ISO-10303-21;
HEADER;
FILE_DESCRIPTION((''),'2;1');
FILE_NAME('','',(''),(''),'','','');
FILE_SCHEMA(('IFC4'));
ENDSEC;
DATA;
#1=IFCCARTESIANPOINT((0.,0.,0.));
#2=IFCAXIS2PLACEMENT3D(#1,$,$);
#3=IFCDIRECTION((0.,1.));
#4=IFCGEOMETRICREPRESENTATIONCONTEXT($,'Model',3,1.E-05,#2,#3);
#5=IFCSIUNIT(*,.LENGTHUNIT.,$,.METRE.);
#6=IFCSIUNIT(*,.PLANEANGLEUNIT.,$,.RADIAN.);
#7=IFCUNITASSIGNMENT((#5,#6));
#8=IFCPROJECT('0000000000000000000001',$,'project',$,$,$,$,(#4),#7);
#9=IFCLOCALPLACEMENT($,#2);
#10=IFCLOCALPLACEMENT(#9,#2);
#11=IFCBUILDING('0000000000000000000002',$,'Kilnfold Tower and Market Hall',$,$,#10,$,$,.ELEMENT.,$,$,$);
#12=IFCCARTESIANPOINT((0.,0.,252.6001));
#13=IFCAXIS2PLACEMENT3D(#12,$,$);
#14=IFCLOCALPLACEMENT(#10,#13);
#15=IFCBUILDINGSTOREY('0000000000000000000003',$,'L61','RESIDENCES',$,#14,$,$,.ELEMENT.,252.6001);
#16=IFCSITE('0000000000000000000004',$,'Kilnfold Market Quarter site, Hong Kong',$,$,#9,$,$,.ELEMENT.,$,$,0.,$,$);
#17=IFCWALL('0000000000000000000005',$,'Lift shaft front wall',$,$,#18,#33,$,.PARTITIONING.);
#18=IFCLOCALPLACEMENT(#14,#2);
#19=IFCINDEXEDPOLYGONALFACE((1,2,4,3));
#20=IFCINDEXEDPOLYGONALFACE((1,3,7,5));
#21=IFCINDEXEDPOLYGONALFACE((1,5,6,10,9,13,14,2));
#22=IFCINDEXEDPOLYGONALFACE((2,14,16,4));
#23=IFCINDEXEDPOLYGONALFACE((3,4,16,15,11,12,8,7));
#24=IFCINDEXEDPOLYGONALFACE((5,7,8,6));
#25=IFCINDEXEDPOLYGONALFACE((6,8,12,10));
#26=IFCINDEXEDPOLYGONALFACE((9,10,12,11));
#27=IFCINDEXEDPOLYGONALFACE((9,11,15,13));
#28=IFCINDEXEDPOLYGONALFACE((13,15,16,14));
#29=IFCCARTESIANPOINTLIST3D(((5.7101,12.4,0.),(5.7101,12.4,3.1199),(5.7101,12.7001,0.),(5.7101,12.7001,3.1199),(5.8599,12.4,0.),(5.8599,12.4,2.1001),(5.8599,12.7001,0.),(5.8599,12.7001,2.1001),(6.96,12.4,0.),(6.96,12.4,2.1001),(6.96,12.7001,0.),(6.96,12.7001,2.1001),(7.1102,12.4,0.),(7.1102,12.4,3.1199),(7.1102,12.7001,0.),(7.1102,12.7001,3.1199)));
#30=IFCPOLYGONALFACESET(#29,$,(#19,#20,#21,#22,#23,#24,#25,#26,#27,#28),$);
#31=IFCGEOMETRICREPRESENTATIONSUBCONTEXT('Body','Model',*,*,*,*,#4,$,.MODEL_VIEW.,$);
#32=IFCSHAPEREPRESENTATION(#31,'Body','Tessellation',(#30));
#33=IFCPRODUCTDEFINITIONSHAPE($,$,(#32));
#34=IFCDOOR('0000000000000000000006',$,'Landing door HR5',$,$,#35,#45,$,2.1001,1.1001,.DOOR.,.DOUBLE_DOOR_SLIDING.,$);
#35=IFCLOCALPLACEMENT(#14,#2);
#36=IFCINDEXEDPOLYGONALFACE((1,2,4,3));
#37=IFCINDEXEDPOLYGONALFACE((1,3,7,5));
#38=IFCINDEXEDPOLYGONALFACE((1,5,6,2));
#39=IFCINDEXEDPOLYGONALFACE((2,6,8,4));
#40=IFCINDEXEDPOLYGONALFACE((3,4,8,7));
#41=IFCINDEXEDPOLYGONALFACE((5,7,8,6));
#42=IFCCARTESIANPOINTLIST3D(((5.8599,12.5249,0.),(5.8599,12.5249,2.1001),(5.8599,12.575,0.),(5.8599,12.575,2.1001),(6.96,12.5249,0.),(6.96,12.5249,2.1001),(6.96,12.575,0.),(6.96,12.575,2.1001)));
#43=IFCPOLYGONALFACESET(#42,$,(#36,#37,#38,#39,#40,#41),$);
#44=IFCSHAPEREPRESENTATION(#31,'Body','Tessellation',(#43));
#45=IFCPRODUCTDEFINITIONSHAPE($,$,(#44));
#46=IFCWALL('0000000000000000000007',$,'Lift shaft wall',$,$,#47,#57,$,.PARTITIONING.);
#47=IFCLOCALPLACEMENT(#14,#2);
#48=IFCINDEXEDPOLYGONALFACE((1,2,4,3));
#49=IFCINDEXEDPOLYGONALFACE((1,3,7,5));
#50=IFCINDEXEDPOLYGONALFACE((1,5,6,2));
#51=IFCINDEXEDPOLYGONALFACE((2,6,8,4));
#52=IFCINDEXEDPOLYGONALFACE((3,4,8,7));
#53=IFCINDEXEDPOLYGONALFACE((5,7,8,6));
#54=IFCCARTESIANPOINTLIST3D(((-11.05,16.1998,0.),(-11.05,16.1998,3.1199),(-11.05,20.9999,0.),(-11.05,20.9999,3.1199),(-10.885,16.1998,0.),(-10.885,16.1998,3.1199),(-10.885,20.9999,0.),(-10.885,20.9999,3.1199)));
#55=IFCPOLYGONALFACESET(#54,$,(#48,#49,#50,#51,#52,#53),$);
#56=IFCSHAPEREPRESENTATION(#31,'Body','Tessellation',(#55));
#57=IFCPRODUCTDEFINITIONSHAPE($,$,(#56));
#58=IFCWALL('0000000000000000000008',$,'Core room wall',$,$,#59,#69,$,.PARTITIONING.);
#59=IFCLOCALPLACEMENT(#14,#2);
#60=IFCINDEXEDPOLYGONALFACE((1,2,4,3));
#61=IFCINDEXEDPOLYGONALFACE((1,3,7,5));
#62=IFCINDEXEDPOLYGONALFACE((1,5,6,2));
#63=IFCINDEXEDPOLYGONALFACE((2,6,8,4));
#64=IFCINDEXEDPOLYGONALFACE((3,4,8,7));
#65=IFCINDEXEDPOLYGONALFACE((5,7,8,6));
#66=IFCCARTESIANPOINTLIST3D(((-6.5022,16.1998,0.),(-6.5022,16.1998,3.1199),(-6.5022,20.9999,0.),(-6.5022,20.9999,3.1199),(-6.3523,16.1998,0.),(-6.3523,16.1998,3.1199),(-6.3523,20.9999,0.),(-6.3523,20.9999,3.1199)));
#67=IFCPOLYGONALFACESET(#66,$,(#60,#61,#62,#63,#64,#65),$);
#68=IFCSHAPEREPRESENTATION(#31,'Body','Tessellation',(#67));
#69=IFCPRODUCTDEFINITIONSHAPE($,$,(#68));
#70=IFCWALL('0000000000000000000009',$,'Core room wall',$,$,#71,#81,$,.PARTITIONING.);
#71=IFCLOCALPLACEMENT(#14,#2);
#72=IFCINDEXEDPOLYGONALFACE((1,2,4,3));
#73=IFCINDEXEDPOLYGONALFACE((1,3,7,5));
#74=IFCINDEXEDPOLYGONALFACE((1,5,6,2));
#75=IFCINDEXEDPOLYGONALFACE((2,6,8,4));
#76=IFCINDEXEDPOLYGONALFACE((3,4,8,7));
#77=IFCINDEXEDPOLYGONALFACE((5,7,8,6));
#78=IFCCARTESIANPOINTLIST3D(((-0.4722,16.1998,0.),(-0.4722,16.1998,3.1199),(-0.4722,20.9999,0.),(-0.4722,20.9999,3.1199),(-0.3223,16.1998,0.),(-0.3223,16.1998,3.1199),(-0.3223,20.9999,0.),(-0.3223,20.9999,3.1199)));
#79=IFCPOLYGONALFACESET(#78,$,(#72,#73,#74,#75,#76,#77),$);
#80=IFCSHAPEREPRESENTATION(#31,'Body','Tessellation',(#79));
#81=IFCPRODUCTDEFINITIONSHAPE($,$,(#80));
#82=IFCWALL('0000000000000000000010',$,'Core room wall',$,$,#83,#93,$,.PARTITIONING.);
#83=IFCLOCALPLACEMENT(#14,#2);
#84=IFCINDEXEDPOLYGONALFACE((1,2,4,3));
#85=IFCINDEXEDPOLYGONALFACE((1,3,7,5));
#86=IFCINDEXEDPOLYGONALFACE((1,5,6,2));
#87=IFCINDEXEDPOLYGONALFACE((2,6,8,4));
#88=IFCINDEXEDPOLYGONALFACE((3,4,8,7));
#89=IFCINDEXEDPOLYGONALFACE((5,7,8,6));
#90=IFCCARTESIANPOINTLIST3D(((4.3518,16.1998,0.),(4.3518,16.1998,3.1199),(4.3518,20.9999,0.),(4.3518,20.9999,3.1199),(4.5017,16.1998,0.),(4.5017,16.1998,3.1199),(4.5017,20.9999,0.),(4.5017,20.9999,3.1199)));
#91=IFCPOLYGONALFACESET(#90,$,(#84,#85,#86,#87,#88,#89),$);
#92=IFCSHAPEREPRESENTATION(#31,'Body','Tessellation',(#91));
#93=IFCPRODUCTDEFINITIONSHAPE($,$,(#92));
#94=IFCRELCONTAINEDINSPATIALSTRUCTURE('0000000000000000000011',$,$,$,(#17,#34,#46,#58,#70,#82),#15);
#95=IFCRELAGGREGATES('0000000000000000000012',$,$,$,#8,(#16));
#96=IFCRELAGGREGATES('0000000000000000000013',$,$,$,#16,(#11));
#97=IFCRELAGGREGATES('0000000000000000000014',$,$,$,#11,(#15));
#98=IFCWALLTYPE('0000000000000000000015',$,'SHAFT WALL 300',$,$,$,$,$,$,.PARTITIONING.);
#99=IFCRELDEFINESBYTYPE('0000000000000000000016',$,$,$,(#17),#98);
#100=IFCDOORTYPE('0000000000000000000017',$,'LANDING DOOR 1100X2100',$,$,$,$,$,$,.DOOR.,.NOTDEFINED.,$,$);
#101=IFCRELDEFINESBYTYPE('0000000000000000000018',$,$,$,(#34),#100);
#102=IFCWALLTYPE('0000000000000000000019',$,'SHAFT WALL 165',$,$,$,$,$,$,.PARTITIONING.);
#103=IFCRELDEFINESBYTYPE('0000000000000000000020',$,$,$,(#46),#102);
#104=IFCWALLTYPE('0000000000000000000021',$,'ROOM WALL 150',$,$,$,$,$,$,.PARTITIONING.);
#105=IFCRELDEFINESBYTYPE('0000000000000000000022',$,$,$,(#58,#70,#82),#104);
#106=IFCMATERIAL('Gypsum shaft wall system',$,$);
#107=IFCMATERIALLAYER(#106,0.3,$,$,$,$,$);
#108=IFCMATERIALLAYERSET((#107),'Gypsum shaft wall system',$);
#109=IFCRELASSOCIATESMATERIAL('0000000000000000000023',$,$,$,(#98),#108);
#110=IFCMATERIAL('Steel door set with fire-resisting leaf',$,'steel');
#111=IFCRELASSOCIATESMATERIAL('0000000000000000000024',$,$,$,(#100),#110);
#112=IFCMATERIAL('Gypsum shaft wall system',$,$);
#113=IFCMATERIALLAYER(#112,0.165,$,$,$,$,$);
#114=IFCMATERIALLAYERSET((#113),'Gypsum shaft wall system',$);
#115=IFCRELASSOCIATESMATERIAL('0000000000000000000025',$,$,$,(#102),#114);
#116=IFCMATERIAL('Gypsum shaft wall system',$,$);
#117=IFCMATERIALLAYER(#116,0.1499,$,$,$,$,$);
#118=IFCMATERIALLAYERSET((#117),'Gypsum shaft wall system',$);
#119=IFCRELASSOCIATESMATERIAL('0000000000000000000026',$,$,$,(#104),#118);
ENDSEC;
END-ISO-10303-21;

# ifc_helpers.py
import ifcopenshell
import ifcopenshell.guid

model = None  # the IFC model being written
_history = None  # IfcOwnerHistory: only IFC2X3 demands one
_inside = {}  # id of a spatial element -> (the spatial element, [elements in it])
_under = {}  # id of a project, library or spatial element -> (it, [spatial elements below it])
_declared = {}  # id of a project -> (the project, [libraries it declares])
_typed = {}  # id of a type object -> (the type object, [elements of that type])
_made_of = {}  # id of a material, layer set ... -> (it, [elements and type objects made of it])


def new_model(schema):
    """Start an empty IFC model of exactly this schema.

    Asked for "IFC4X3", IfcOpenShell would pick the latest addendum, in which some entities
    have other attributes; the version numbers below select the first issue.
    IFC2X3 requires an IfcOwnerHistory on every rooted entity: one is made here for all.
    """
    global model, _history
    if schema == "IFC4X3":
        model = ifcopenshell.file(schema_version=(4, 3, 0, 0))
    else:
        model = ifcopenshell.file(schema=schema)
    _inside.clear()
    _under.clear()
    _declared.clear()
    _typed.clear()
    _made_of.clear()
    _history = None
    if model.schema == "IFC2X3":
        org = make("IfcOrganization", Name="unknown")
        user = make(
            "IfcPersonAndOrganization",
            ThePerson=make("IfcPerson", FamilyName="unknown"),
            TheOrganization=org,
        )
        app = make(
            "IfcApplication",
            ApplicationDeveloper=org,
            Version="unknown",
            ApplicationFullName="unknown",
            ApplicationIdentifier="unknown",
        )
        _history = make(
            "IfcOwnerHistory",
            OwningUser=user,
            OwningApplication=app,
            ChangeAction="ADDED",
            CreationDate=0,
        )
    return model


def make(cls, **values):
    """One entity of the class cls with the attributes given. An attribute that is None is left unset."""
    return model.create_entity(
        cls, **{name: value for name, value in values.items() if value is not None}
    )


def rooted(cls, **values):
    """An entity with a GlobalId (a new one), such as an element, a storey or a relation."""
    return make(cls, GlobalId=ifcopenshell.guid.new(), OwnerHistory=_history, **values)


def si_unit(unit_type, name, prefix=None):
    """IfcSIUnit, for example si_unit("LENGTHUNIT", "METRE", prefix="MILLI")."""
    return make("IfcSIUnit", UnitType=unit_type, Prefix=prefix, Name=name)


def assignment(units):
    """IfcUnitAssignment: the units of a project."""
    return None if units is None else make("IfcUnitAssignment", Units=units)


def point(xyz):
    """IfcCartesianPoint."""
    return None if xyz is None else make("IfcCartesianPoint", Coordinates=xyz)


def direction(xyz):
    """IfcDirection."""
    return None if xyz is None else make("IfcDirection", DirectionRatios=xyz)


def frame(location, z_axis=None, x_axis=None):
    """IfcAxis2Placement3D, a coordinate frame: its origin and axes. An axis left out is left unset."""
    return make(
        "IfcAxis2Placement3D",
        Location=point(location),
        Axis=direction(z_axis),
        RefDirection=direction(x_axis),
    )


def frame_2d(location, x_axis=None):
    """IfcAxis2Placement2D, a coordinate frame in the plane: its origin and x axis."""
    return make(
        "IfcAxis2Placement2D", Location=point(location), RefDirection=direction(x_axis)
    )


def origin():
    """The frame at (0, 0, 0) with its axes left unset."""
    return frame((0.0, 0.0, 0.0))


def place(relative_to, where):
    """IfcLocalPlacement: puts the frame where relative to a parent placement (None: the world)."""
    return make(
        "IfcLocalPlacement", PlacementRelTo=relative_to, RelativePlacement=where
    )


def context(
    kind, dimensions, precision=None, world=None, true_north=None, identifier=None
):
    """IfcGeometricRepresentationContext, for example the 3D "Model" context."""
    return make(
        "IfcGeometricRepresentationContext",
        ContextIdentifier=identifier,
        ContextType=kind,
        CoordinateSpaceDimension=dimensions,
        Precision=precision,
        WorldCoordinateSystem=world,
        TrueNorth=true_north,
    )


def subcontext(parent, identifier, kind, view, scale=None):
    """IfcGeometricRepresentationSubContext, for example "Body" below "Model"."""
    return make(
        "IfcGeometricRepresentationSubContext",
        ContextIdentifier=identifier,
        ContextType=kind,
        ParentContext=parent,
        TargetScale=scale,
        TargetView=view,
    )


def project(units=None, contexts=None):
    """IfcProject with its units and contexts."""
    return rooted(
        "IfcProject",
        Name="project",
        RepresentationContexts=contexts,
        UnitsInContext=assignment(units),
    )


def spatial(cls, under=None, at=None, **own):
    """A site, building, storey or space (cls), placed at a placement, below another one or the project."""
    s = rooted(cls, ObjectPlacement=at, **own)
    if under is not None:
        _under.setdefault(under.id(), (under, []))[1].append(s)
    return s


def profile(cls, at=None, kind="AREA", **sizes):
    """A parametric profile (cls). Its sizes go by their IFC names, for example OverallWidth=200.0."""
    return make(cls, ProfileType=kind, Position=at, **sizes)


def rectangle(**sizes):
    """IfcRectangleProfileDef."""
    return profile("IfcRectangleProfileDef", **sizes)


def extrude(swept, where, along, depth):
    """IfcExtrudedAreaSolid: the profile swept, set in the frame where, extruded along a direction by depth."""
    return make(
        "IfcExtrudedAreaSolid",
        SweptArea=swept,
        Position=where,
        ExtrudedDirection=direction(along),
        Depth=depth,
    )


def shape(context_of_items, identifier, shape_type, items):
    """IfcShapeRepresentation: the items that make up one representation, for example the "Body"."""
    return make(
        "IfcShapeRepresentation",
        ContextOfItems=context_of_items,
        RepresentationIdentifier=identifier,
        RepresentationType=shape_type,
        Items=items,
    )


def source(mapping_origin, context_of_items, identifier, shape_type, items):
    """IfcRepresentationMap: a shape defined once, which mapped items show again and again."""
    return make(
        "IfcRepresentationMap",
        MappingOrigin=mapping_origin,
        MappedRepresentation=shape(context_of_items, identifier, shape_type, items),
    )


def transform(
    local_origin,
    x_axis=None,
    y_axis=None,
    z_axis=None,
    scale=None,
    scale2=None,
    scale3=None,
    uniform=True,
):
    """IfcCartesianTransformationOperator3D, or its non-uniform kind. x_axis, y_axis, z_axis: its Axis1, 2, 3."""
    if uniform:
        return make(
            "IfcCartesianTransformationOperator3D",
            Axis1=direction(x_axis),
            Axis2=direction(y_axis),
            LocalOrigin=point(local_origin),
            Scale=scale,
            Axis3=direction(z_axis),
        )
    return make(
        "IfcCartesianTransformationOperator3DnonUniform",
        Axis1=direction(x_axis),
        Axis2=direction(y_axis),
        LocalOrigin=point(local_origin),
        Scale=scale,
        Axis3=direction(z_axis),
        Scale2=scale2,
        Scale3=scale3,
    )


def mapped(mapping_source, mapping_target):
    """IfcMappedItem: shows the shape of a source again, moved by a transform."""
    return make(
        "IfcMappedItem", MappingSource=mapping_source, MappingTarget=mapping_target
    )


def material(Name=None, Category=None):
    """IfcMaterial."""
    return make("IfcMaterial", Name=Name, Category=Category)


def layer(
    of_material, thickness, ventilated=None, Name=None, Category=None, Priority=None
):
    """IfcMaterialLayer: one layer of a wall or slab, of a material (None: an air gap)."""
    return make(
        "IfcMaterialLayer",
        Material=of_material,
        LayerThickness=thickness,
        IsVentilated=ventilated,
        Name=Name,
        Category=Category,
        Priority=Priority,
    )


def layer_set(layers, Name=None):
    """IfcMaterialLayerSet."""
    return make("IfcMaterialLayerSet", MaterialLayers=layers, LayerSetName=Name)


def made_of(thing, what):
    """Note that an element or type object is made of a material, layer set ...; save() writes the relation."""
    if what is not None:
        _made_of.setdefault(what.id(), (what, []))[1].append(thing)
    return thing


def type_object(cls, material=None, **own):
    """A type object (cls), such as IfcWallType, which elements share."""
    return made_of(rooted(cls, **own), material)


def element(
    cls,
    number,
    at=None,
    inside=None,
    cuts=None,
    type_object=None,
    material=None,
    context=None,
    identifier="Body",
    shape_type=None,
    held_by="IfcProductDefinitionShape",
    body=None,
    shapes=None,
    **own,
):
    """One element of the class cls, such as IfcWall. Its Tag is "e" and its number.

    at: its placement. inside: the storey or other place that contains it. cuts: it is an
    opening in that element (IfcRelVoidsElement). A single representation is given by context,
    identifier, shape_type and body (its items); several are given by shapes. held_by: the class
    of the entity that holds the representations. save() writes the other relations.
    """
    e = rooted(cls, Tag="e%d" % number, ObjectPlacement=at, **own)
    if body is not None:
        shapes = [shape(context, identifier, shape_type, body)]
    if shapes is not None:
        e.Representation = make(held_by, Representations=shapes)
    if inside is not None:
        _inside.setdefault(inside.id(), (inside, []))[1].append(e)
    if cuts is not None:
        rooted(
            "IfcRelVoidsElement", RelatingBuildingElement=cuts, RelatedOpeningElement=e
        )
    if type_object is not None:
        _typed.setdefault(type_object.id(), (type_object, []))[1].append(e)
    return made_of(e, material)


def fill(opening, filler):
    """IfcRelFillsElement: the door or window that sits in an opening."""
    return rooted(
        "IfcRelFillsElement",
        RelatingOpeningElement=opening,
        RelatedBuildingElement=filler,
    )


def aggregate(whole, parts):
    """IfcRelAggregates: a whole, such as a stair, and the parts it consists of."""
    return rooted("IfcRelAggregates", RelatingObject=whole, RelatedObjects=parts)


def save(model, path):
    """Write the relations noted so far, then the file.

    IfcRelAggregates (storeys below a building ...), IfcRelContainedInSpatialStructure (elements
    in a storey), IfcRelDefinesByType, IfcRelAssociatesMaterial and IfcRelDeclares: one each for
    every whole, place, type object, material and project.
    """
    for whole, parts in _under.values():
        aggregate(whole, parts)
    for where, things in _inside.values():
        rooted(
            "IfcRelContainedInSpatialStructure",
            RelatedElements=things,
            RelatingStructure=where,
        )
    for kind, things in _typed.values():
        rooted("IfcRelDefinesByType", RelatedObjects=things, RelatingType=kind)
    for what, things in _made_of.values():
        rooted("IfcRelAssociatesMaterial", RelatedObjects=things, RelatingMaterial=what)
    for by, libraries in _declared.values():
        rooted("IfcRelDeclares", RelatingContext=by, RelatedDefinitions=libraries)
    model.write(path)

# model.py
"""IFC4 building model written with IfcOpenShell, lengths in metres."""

from ifc_helpers import new_model, si_unit, direction, frame, frame_2d, origin, place, context, subcontext, project, spatial, rectangle, extrude, source, transform, mapped, material, layer, layer_set, type_object, element, fill, save


model = new_model("IFC4")

# Units and contexts
model_context = context("Model", 3, precision=1e-05, world=origin(), true_north=direction((0.0, 1.0)))
body_context = subcontext(model_context, "Body", "Model", "MODEL_VIEW")
ifc_project = project(units=[si_unit("LENGTHUNIT", "METRE"), si_unit("PLANEANGLEUNIT", "RADIAN")], contexts=[model_context])

# Site, building, storey
site_placement = place(None, origin())
site = spatial("IfcSite", under=ifc_project, at=site_placement, Name="Kilnfold Market Quarter site, Hong Kong", CompositionType="ELEMENT", RefElevation=0.0)
building_placement = place(site_placement, origin())
building = spatial("IfcBuilding", under=site, at=building_placement, Name="Kilnfold Tower and Market Hall", CompositionType="ELEMENT")
storey_placement = place(building_placement, frame((0.0, 0.0, 252.6001)))
storey = spatial("IfcBuildingStorey", under=building, at=storey_placement, Name="L61", Description="RESIDENCES", CompositionType="ELEMENT", Elevation=252.6001)

# Wall, opening, door
ifc_material_1 = material(Name="Gypsum shaft wall system")
ifc_layer_1 = layer(ifc_material_1, 0.3)
ifc_layer_set_1 = layer_set([ifc_layer_1], Name="Gypsum shaft wall system")
wall_type_1 = type_object("IfcWallType", Name="SHAFT WALL 300", PredefinedType="PARTITIONING", material=ifc_layer_set_1)
shared_shape_1 = source(origin(), body_context, "Body", "SweptSolid", [
    extrude(rectangle(XDim=1.4001, YDim=0.3, at=frame_2d((0.7002, 0.0))), origin(), (0.0, 0.0, 1.0), 3.1199),
])
wall_1_placement = place(storey_placement, frame((5.71, 12.55, 0.0), z_axis=(0.0, 0.0, 1.0), x_axis=(1.0, 0.0, 0.0)))
wall_1 = element("IfcWall", 1, at=wall_1_placement, inside=storey, type_object=wall_type_1, Name="Lift shaft front wall", PredefinedType="PARTITIONING", context=body_context, shape_type="MappedRepresentation", body=[
    mapped(shared_shape_1, transform((0.0, 0.0, 0.0))),
])
opening_1_placement = place(wall_1_placement, frame((0.1499, 0.0, 0.0)))
opening_1 = element("IfcOpeningElement", 2, at=opening_1_placement, cuts=wall_1, PredefinedType="OPENING", context=body_context, shape_type="SweptSolid", body=[
    extrude(rectangle(XDim=1.1001, YDim=2.1001, at=frame_2d((0.55, 1.05))), frame((0.0, 0.1602, 0.0), z_axis=(0.0, -1.0, 0.0), x_axis=(1.0, 0.0, 0.0)), (0.0, 0.0, 1.0), 0.3201),
])
ifc_material_2 = material(Name="Steel door set with fire-resisting leaf", Category="steel")
door_type_1 = type_object("IfcDoorType", Name="LANDING DOOR 1100X2100", OperationType="NOTDEFINED", PredefinedType="DOOR", material=ifc_material_2)
door_1_placement = place(opening_1_placement, origin())
door_1 = element("IfcDoor", 3, at=door_1_placement, inside=storey, type_object=door_type_1, Name="Landing door HR5", OperationType="DOUBLE_DOOR_SLIDING", OverallHeight=2.1001, OverallWidth=1.1001, PredefinedType="DOOR", context=body_context, shape_type="SweptSolid", body=[
    extrude(rectangle(XDim=1.1001, YDim=2.1001, at=frame_2d((0.55, 1.05))), frame((0.0, 0.0249, 0.0), z_axis=(0.0, -1.0, 0.0), x_axis=(1.0, 0.0, 0.0)), (0.0, 0.0, 1.0), 0.05),
])
fill(opening_1, door_1)

# Walls
ifc_material_3 = material(Name="Gypsum shaft wall system")
ifc_layer_2 = layer(ifc_material_3, 0.165)
ifc_layer_set_2 = layer_set([ifc_layer_2], Name="Gypsum shaft wall system")
wall_type_2 = type_object("IfcWallType", Name="SHAFT WALL 165", PredefinedType="PARTITIONING", material=ifc_layer_set_2)
shared_shape_2 = source(origin(), body_context, "Body", "SweptSolid", [
    extrude(rectangle(XDim=4.8, YDim=0.165, at=frame_2d((2.3999, 0.0))), origin(), (0.0, 0.0, 1.0), 3.1199),
])
wall_2_placement = place(storey_placement, frame((-10.9675, 16.2, 0.0), z_axis=(0.0, 0.0, 1.0), x_axis=(0.0, 1.0, 0.0)))
element("IfcWall", 4, at=wall_2_placement, inside=storey, type_object=wall_type_2, Name="Lift shaft wall", PredefinedType="PARTITIONING", context=body_context, shape_type="MappedRepresentation", body=[
    mapped(shared_shape_2, transform((0.0, 0.0, 0.0))),
])
ifc_material_4 = material(Name="Gypsum shaft wall system")
ifc_layer_3 = layer(ifc_material_4, 0.1499)
ifc_layer_set_3 = layer_set([ifc_layer_3], Name="Gypsum shaft wall system")
wall_type_3 = type_object("IfcWallType", Name="ROOM WALL 150", PredefinedType="PARTITIONING", material=ifc_layer_set_3)
shared_shape_3 = source(origin(), body_context, "Body", "SweptSolid", [
    extrude(rectangle(XDim=4.8, YDim=0.1499, at=frame_2d((2.3999, 0.0))), origin(), (0.0, 0.0, 1.0), 3.1199),
])
for number, where, z_axis, x_axis, name in (
    (5, (-6.4272, 16.2, 0.0), (0.0, 0.0, 1.0), (0.0, 1.0, 0.0), "Core room wall"),
    (6, (-0.3972, 16.2, 0.0), (0.0, 0.0, 1.0), (0.0, 1.0, 0.0), "Core room wall"),
    (7, (4.4268, 16.2, 0.0), (0.0, 0.0, 1.0), (0.0, 1.0, 0.0), "Core room wall"),
):
    element("IfcWall", number, at=place(storey_placement, frame(where, z_axis=z_axis, x_axis=x_axis)), inside=storey, type_object=wall_type_3, Name=name, PredefinedType="PARTITIONING", context=body_context, shape_type="MappedRepresentation", body=[
        mapped(shared_shape_3, transform((0.0, 0.0, 0.0))),
    ])

save(model, "model.ifc")
